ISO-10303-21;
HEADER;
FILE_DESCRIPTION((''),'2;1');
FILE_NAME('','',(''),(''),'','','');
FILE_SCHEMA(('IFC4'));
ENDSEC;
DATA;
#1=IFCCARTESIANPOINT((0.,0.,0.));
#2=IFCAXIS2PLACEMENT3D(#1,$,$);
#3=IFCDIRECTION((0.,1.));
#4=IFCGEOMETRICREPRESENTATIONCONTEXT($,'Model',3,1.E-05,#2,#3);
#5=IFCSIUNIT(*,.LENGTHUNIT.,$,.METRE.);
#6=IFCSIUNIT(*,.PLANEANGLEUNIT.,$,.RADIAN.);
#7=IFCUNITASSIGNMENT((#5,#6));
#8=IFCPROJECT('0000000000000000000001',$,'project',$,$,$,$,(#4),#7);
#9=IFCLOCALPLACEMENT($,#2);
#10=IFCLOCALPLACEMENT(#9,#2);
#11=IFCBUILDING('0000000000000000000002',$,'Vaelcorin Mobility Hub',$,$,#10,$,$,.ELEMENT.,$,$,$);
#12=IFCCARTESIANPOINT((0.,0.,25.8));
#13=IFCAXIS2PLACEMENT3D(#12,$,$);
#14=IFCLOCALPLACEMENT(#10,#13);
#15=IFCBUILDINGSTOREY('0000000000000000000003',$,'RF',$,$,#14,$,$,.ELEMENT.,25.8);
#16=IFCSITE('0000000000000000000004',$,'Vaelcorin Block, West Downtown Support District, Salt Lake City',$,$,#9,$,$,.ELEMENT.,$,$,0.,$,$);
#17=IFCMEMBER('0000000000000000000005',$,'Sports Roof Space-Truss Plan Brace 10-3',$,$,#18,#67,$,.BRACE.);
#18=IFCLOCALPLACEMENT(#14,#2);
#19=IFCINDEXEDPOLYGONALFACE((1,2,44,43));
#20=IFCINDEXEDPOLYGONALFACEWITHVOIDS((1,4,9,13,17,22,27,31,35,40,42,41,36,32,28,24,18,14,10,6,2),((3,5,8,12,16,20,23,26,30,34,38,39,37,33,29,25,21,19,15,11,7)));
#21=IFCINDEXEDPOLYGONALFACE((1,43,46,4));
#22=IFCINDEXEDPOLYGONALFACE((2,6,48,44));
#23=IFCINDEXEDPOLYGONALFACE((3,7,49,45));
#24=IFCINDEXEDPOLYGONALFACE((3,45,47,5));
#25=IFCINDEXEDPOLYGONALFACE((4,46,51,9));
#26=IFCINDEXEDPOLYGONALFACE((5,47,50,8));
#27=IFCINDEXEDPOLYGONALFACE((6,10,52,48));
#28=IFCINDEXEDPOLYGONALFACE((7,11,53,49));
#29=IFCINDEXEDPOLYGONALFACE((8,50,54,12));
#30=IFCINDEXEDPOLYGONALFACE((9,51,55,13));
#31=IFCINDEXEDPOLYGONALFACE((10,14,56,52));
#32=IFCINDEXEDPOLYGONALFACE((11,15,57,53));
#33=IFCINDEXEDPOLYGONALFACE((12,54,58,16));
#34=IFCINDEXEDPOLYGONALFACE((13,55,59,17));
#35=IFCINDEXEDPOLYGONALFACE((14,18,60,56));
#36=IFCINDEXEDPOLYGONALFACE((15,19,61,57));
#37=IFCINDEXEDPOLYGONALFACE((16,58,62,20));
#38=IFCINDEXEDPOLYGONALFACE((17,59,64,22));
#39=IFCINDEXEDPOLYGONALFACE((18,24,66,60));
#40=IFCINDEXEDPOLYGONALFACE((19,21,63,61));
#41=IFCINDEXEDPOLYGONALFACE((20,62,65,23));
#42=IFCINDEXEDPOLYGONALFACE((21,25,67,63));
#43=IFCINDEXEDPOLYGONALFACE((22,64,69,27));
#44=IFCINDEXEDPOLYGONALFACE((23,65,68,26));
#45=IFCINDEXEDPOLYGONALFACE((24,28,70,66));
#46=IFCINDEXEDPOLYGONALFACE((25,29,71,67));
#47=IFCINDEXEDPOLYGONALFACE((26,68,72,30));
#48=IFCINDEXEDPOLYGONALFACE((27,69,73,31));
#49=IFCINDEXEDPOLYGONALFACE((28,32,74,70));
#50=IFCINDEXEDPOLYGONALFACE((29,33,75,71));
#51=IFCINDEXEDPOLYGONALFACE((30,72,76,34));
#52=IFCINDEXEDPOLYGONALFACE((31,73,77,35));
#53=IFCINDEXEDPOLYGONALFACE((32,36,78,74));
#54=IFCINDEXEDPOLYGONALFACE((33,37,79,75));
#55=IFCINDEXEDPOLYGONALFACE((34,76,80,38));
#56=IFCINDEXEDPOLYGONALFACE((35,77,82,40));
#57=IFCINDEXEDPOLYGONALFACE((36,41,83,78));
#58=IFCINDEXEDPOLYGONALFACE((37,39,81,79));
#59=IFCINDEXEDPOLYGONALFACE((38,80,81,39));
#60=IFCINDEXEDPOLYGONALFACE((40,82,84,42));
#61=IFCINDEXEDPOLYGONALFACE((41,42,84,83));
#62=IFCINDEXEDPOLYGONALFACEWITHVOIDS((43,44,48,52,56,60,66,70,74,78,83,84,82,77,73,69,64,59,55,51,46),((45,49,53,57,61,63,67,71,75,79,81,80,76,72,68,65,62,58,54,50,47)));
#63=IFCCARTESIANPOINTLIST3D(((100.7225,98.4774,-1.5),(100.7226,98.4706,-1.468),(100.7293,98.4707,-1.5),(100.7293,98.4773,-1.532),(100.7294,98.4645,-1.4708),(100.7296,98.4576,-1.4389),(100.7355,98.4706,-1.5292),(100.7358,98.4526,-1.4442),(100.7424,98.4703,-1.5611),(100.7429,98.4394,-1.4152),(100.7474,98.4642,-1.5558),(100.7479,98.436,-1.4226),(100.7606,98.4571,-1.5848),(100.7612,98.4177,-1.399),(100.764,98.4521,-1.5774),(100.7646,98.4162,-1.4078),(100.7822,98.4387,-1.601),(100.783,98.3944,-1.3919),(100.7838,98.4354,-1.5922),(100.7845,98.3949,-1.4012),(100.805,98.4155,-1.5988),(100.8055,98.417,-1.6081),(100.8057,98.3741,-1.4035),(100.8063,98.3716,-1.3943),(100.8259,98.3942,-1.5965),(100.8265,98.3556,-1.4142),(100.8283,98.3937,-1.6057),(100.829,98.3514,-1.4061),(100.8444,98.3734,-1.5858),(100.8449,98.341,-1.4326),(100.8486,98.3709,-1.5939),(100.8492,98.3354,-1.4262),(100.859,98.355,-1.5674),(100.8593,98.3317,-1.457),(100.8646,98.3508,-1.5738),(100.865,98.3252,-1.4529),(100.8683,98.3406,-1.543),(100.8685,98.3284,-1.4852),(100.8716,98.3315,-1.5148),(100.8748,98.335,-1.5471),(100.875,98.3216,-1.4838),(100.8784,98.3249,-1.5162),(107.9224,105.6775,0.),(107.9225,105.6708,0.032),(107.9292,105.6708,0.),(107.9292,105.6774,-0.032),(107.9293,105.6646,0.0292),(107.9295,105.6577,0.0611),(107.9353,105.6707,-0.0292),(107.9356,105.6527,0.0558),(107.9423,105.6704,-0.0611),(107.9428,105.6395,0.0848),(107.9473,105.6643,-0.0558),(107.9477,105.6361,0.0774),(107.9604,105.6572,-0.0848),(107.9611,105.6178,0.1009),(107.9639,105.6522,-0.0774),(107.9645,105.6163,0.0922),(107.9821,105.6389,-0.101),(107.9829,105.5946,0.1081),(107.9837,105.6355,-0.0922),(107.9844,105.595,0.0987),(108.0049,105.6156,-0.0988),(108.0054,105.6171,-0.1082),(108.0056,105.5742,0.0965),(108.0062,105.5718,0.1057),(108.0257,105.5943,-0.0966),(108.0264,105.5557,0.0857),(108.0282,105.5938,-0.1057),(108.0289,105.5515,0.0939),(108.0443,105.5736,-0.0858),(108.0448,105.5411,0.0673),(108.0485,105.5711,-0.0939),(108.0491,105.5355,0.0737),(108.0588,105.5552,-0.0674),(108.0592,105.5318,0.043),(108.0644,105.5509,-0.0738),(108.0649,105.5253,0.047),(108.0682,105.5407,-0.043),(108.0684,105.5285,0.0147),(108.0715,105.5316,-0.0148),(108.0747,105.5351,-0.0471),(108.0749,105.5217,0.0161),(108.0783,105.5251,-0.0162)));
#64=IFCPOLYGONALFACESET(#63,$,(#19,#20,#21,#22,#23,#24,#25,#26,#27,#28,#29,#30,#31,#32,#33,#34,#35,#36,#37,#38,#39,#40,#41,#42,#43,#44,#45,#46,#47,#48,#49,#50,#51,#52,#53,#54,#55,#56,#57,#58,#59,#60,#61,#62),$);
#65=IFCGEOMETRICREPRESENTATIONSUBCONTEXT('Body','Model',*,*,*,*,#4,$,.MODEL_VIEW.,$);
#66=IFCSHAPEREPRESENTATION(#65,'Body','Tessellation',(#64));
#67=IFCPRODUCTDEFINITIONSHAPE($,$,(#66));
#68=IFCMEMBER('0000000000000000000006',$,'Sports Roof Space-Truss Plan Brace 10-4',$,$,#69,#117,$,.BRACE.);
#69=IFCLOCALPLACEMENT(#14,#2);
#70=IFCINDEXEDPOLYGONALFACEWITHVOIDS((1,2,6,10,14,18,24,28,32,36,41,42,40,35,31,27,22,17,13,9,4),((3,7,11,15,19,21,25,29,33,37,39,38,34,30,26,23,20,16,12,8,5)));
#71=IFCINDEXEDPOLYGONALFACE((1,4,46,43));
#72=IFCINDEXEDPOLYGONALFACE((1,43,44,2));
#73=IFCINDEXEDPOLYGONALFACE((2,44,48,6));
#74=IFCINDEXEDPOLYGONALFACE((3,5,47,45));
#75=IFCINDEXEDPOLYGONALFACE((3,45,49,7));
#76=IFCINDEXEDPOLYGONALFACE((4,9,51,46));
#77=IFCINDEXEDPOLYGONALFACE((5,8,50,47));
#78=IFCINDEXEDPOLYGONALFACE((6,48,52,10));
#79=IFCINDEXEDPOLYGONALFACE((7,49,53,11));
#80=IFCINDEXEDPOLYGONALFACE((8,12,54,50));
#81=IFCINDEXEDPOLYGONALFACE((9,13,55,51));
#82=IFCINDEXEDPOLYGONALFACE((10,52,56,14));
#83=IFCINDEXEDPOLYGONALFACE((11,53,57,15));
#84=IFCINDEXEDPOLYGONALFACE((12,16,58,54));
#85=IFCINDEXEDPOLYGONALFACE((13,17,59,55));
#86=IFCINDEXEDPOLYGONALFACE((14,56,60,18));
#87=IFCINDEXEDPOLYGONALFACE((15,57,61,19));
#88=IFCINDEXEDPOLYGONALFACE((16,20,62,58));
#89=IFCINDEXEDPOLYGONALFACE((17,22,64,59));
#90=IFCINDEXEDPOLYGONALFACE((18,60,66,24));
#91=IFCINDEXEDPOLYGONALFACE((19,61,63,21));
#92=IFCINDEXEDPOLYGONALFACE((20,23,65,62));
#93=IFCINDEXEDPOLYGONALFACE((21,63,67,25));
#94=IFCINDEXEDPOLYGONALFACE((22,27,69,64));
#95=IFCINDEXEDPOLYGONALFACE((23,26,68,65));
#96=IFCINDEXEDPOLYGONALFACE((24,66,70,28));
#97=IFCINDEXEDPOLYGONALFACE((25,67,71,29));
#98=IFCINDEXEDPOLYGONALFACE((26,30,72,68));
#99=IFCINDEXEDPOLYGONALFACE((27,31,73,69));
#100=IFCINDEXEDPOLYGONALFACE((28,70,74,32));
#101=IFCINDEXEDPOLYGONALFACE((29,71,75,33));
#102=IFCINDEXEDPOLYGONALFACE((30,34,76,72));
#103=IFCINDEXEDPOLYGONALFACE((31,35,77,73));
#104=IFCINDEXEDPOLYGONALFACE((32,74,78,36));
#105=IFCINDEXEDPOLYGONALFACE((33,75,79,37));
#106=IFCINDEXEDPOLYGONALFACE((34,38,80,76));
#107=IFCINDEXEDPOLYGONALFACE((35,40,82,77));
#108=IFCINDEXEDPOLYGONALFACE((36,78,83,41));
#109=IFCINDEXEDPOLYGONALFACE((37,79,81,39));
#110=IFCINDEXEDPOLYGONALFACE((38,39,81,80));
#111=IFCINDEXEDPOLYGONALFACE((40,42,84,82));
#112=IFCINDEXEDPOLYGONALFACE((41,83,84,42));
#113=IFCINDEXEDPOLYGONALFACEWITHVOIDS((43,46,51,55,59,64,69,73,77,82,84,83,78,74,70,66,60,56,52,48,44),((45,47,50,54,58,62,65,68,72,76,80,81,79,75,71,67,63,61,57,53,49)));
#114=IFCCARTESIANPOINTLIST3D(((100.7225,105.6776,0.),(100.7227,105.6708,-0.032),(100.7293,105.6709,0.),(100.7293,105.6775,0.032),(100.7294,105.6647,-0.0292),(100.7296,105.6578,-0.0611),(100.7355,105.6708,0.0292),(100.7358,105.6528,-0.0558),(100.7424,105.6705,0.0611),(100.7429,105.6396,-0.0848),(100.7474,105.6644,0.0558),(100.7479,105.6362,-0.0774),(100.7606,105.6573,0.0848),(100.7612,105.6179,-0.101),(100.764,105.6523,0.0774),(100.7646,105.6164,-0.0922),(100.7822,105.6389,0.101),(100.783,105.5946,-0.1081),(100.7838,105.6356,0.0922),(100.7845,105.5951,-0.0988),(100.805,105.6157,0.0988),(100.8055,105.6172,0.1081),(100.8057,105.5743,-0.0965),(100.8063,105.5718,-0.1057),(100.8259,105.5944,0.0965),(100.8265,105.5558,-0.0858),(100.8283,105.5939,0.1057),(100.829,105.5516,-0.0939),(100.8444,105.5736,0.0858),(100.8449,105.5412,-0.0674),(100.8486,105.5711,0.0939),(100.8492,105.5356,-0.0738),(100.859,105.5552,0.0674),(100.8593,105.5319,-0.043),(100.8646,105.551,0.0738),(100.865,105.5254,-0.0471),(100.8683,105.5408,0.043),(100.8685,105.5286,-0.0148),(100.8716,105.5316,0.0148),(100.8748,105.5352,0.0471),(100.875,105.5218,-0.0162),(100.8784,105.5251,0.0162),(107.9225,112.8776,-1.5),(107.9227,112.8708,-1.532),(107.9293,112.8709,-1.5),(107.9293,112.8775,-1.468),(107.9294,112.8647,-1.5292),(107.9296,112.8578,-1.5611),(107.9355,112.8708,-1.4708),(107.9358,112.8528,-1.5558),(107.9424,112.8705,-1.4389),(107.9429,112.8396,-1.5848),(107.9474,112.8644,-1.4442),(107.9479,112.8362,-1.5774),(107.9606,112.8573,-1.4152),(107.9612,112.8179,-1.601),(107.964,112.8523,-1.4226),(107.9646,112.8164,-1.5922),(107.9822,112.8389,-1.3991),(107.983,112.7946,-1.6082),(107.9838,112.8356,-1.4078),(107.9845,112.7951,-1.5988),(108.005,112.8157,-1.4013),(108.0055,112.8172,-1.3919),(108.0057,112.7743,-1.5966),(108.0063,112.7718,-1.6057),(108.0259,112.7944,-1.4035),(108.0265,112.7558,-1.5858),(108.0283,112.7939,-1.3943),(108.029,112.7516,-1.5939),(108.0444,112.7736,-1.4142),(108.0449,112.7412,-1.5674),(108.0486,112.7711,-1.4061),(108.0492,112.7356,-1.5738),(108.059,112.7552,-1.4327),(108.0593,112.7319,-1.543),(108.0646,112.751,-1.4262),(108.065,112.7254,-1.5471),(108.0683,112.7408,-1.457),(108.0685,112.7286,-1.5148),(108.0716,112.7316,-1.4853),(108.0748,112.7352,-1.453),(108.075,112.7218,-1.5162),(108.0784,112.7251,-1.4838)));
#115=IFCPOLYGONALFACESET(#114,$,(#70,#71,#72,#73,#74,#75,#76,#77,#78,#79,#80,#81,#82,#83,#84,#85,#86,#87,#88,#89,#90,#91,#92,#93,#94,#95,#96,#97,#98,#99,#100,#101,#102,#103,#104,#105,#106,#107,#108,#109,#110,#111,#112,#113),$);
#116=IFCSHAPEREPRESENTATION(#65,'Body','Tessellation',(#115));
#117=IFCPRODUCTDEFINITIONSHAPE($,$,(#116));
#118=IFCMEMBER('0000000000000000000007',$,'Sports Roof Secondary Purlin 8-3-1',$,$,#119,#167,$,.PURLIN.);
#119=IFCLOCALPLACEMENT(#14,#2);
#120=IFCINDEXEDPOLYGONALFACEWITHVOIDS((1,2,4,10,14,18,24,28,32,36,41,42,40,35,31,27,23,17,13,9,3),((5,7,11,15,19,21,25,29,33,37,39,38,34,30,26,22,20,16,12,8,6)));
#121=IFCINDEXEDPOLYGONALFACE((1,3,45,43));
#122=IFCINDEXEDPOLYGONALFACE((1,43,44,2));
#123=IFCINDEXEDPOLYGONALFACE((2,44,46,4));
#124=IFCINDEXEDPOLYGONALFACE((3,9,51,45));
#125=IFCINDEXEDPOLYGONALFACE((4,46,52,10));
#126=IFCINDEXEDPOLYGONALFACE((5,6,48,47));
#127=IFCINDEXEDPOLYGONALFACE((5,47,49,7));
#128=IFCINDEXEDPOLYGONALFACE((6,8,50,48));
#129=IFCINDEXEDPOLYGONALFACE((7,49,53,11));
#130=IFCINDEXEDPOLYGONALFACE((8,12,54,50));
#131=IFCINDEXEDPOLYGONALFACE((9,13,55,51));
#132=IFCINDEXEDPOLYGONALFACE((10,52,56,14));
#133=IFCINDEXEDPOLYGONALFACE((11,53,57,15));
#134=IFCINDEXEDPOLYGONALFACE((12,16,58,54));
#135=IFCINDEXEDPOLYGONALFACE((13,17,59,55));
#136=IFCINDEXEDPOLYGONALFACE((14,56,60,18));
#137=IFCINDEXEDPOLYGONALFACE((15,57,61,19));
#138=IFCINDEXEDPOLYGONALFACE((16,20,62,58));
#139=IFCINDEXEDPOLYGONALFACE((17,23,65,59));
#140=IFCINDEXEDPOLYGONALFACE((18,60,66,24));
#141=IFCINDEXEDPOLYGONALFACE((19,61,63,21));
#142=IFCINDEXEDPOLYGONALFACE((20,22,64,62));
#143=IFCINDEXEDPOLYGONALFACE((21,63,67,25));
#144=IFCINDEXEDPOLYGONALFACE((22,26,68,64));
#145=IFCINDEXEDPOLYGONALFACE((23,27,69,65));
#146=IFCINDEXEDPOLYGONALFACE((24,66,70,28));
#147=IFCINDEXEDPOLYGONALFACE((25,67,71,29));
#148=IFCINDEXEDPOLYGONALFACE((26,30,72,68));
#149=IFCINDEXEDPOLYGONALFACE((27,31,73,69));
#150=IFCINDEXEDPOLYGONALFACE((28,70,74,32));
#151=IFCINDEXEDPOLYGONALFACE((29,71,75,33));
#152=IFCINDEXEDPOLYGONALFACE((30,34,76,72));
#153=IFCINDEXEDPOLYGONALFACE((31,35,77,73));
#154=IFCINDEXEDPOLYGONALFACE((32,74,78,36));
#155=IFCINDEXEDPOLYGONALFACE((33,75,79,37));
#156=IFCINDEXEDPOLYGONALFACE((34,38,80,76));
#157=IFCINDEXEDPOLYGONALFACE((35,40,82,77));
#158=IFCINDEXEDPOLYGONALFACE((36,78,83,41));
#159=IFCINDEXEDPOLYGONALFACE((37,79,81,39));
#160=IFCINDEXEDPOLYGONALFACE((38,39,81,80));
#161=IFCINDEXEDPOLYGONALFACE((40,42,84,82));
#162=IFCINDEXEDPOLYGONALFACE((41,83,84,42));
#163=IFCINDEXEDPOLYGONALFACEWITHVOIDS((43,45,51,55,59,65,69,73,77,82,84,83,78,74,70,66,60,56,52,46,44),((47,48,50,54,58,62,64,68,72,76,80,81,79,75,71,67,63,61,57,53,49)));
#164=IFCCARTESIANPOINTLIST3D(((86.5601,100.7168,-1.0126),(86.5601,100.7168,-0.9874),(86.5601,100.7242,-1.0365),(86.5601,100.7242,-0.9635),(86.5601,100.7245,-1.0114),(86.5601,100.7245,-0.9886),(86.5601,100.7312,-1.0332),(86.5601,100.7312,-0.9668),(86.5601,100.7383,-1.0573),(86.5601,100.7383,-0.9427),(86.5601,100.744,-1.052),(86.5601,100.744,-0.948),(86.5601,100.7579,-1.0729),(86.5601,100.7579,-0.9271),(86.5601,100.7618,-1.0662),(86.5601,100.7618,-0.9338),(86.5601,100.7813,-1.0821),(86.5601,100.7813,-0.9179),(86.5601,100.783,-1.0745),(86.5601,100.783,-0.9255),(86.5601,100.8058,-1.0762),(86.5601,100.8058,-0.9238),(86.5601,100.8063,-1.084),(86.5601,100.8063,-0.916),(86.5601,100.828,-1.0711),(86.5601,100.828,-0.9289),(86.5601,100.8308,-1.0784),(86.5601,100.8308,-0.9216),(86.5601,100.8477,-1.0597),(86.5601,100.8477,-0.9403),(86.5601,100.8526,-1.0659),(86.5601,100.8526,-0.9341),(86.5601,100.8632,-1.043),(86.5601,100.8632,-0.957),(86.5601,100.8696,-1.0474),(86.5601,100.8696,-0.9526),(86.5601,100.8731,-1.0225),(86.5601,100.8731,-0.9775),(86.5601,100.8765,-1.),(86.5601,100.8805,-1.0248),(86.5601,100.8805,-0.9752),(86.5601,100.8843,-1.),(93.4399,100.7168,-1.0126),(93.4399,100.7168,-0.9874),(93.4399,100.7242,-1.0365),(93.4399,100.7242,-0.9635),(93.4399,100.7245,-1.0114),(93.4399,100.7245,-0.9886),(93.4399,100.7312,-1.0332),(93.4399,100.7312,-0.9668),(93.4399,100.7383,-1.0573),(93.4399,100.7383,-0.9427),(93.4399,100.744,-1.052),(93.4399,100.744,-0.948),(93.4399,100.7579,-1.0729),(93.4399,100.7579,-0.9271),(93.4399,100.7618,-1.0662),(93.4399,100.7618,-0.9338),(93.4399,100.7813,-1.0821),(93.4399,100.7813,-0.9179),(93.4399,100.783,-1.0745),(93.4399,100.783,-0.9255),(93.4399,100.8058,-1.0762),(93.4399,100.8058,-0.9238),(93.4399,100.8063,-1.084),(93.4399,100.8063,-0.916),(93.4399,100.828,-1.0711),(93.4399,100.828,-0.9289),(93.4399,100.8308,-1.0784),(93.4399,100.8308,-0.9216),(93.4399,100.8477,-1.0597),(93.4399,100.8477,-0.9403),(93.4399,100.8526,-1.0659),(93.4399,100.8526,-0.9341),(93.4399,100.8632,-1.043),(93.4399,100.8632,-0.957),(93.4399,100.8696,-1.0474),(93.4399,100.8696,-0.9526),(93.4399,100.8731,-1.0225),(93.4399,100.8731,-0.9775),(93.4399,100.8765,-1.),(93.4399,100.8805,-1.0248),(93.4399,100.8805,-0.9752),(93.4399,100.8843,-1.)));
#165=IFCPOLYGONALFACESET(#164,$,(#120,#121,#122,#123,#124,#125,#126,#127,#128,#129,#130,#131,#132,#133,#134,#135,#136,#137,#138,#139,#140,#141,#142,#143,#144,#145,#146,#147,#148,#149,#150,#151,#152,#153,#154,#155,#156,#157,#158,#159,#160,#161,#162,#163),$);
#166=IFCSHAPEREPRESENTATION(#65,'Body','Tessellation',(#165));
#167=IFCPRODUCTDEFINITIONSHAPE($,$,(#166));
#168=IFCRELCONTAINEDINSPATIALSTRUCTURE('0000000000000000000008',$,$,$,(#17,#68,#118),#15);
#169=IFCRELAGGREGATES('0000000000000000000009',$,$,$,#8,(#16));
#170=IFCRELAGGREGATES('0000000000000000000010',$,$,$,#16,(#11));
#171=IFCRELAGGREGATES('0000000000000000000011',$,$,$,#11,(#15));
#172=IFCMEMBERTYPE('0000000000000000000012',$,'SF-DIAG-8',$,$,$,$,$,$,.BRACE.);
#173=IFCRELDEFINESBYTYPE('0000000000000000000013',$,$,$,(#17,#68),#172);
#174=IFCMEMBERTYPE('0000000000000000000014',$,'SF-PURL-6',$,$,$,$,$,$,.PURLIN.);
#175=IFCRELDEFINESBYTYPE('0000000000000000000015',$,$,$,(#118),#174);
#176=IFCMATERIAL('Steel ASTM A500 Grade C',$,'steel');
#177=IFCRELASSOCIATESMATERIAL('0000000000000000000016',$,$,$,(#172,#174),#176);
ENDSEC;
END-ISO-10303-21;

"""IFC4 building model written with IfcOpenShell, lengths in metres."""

from ifc_helpers import new_model, si_unit, direction, frame, origin, origin_2d, place, context, subcontext, project, spatial, hollow_circle, extrude, material, material_profile, profile_set, type_object, element, save


model = new_model("IFC4")

# Units and contexts
model_context = context("Model", 3, precision=1e-05, world=origin(), true_north=direction((0.0, 1.0)))
body_context = subcontext(model_context, "Body", "Model", "MODEL_VIEW")
ifc_project = project(units=[si_unit("LENGTHUNIT", "METRE"), si_unit("PLANEANGLEUNIT", "RADIAN")], contexts=[model_context])

# Site, building, storey
site_placement = place(None, origin())
site = spatial("IfcSite", under=ifc_project, at=site_placement, Name="Vaelcorin Block, West Downtown Support District, Salt Lake City", CompositionType="ELEMENT", RefElevation=0.0)
building_placement = place(site_placement, origin())
building = spatial("IfcBuilding", under=site, at=building_placement, Name="Vaelcorin Mobility Hub", CompositionType="ELEMENT")
storey_placement = place(building_placement, frame((0.0, 0.0, 25.8)))
storey = spatial("IfcBuildingStorey", under=building, at=storey_placement, Name="RF", CompositionType="ELEMENT", Elevation=25.8)

# Members
ifc_material_1 = material(Name="Steel ASTM A500 Grade C", Category="steel")
ifc_material_profile_1 = material_profile(ifc_material_1, hollow_circle(Radius=0.1096, WallThickness=0.0095, at=origin_2d()), Name="HSS8.625X0.375")
ifc_profile_set_1 = profile_set([ifc_material_profile_1], Name="Steel ASTM A500 Grade C")
member_type_1 = type_object("IfcMemberType", Name="SF-DIAG-8", PredefinedType="BRACE", material=ifc_profile_set_1)
for number, where, z_axis, x_axis, name in (
    (1, (100.8, 98.3999, -1.5), (0.699545, 0.699569, 0.14574), (-0.707119, 0.707095, 0.0), "Sports Roof Space-Truss Plan Brace 10-3"),
    (2, (100.8, 105.6001, 0.0), (0.699557, 0.699557, -0.145742), (-0.707107, 0.707107, 0.0), "Sports Roof Space-Truss Plan Brace 10-4"),
):
    element("IfcMember", number, at=place(storey_placement, frame(where, z_axis=z_axis, x_axis=x_axis)), inside=storey, type_object=member_type_1, Name=name, PredefinedType="BRACE", context=body_context, shape_type="SweptSolid", body=[
        extrude(hollow_circle(Radius=0.1096, WallThickness=0.0095, at=origin_2d()), origin(), (0.0, 0.0, 1.0), 10.2922),
    ])
ifc_material_profile_2 = material_profile(ifc_material_1, hollow_circle(Radius=0.0842, WallThickness=0.0078, at=origin_2d()), Name="HSS6.625X0.312")
ifc_profile_set_2 = profile_set([ifc_material_profile_2], Name="Steel ASTM A500 Grade C")
member_type_2 = type_object("IfcMemberType", Name="SF-PURL-6", PredefinedType="PURLIN", material=ifc_profile_set_2)
for number, where, z_axis, x_axis, name in (
    (3, (86.5601, 100.8, -1.0), (1.0, 0.0, 0.0), (0.0, 1.0, 0.0), "Sports Roof Secondary Purlin 8-3-1"),
):
    element("IfcMember", number, at=place(storey_placement, frame(where, z_axis=z_axis, x_axis=x_axis)), inside=storey, type_object=member_type_2, Name=name, PredefinedType="PURLIN", context=body_context, shape_type="SweptSolid", body=[
        extrude(hollow_circle(Radius=0.0842, WallThickness=0.0078, at=origin_2d()), origin(), (0.0, 0.0, 1.0), 6.8799),
    ])

save(model, "model.ifc")
